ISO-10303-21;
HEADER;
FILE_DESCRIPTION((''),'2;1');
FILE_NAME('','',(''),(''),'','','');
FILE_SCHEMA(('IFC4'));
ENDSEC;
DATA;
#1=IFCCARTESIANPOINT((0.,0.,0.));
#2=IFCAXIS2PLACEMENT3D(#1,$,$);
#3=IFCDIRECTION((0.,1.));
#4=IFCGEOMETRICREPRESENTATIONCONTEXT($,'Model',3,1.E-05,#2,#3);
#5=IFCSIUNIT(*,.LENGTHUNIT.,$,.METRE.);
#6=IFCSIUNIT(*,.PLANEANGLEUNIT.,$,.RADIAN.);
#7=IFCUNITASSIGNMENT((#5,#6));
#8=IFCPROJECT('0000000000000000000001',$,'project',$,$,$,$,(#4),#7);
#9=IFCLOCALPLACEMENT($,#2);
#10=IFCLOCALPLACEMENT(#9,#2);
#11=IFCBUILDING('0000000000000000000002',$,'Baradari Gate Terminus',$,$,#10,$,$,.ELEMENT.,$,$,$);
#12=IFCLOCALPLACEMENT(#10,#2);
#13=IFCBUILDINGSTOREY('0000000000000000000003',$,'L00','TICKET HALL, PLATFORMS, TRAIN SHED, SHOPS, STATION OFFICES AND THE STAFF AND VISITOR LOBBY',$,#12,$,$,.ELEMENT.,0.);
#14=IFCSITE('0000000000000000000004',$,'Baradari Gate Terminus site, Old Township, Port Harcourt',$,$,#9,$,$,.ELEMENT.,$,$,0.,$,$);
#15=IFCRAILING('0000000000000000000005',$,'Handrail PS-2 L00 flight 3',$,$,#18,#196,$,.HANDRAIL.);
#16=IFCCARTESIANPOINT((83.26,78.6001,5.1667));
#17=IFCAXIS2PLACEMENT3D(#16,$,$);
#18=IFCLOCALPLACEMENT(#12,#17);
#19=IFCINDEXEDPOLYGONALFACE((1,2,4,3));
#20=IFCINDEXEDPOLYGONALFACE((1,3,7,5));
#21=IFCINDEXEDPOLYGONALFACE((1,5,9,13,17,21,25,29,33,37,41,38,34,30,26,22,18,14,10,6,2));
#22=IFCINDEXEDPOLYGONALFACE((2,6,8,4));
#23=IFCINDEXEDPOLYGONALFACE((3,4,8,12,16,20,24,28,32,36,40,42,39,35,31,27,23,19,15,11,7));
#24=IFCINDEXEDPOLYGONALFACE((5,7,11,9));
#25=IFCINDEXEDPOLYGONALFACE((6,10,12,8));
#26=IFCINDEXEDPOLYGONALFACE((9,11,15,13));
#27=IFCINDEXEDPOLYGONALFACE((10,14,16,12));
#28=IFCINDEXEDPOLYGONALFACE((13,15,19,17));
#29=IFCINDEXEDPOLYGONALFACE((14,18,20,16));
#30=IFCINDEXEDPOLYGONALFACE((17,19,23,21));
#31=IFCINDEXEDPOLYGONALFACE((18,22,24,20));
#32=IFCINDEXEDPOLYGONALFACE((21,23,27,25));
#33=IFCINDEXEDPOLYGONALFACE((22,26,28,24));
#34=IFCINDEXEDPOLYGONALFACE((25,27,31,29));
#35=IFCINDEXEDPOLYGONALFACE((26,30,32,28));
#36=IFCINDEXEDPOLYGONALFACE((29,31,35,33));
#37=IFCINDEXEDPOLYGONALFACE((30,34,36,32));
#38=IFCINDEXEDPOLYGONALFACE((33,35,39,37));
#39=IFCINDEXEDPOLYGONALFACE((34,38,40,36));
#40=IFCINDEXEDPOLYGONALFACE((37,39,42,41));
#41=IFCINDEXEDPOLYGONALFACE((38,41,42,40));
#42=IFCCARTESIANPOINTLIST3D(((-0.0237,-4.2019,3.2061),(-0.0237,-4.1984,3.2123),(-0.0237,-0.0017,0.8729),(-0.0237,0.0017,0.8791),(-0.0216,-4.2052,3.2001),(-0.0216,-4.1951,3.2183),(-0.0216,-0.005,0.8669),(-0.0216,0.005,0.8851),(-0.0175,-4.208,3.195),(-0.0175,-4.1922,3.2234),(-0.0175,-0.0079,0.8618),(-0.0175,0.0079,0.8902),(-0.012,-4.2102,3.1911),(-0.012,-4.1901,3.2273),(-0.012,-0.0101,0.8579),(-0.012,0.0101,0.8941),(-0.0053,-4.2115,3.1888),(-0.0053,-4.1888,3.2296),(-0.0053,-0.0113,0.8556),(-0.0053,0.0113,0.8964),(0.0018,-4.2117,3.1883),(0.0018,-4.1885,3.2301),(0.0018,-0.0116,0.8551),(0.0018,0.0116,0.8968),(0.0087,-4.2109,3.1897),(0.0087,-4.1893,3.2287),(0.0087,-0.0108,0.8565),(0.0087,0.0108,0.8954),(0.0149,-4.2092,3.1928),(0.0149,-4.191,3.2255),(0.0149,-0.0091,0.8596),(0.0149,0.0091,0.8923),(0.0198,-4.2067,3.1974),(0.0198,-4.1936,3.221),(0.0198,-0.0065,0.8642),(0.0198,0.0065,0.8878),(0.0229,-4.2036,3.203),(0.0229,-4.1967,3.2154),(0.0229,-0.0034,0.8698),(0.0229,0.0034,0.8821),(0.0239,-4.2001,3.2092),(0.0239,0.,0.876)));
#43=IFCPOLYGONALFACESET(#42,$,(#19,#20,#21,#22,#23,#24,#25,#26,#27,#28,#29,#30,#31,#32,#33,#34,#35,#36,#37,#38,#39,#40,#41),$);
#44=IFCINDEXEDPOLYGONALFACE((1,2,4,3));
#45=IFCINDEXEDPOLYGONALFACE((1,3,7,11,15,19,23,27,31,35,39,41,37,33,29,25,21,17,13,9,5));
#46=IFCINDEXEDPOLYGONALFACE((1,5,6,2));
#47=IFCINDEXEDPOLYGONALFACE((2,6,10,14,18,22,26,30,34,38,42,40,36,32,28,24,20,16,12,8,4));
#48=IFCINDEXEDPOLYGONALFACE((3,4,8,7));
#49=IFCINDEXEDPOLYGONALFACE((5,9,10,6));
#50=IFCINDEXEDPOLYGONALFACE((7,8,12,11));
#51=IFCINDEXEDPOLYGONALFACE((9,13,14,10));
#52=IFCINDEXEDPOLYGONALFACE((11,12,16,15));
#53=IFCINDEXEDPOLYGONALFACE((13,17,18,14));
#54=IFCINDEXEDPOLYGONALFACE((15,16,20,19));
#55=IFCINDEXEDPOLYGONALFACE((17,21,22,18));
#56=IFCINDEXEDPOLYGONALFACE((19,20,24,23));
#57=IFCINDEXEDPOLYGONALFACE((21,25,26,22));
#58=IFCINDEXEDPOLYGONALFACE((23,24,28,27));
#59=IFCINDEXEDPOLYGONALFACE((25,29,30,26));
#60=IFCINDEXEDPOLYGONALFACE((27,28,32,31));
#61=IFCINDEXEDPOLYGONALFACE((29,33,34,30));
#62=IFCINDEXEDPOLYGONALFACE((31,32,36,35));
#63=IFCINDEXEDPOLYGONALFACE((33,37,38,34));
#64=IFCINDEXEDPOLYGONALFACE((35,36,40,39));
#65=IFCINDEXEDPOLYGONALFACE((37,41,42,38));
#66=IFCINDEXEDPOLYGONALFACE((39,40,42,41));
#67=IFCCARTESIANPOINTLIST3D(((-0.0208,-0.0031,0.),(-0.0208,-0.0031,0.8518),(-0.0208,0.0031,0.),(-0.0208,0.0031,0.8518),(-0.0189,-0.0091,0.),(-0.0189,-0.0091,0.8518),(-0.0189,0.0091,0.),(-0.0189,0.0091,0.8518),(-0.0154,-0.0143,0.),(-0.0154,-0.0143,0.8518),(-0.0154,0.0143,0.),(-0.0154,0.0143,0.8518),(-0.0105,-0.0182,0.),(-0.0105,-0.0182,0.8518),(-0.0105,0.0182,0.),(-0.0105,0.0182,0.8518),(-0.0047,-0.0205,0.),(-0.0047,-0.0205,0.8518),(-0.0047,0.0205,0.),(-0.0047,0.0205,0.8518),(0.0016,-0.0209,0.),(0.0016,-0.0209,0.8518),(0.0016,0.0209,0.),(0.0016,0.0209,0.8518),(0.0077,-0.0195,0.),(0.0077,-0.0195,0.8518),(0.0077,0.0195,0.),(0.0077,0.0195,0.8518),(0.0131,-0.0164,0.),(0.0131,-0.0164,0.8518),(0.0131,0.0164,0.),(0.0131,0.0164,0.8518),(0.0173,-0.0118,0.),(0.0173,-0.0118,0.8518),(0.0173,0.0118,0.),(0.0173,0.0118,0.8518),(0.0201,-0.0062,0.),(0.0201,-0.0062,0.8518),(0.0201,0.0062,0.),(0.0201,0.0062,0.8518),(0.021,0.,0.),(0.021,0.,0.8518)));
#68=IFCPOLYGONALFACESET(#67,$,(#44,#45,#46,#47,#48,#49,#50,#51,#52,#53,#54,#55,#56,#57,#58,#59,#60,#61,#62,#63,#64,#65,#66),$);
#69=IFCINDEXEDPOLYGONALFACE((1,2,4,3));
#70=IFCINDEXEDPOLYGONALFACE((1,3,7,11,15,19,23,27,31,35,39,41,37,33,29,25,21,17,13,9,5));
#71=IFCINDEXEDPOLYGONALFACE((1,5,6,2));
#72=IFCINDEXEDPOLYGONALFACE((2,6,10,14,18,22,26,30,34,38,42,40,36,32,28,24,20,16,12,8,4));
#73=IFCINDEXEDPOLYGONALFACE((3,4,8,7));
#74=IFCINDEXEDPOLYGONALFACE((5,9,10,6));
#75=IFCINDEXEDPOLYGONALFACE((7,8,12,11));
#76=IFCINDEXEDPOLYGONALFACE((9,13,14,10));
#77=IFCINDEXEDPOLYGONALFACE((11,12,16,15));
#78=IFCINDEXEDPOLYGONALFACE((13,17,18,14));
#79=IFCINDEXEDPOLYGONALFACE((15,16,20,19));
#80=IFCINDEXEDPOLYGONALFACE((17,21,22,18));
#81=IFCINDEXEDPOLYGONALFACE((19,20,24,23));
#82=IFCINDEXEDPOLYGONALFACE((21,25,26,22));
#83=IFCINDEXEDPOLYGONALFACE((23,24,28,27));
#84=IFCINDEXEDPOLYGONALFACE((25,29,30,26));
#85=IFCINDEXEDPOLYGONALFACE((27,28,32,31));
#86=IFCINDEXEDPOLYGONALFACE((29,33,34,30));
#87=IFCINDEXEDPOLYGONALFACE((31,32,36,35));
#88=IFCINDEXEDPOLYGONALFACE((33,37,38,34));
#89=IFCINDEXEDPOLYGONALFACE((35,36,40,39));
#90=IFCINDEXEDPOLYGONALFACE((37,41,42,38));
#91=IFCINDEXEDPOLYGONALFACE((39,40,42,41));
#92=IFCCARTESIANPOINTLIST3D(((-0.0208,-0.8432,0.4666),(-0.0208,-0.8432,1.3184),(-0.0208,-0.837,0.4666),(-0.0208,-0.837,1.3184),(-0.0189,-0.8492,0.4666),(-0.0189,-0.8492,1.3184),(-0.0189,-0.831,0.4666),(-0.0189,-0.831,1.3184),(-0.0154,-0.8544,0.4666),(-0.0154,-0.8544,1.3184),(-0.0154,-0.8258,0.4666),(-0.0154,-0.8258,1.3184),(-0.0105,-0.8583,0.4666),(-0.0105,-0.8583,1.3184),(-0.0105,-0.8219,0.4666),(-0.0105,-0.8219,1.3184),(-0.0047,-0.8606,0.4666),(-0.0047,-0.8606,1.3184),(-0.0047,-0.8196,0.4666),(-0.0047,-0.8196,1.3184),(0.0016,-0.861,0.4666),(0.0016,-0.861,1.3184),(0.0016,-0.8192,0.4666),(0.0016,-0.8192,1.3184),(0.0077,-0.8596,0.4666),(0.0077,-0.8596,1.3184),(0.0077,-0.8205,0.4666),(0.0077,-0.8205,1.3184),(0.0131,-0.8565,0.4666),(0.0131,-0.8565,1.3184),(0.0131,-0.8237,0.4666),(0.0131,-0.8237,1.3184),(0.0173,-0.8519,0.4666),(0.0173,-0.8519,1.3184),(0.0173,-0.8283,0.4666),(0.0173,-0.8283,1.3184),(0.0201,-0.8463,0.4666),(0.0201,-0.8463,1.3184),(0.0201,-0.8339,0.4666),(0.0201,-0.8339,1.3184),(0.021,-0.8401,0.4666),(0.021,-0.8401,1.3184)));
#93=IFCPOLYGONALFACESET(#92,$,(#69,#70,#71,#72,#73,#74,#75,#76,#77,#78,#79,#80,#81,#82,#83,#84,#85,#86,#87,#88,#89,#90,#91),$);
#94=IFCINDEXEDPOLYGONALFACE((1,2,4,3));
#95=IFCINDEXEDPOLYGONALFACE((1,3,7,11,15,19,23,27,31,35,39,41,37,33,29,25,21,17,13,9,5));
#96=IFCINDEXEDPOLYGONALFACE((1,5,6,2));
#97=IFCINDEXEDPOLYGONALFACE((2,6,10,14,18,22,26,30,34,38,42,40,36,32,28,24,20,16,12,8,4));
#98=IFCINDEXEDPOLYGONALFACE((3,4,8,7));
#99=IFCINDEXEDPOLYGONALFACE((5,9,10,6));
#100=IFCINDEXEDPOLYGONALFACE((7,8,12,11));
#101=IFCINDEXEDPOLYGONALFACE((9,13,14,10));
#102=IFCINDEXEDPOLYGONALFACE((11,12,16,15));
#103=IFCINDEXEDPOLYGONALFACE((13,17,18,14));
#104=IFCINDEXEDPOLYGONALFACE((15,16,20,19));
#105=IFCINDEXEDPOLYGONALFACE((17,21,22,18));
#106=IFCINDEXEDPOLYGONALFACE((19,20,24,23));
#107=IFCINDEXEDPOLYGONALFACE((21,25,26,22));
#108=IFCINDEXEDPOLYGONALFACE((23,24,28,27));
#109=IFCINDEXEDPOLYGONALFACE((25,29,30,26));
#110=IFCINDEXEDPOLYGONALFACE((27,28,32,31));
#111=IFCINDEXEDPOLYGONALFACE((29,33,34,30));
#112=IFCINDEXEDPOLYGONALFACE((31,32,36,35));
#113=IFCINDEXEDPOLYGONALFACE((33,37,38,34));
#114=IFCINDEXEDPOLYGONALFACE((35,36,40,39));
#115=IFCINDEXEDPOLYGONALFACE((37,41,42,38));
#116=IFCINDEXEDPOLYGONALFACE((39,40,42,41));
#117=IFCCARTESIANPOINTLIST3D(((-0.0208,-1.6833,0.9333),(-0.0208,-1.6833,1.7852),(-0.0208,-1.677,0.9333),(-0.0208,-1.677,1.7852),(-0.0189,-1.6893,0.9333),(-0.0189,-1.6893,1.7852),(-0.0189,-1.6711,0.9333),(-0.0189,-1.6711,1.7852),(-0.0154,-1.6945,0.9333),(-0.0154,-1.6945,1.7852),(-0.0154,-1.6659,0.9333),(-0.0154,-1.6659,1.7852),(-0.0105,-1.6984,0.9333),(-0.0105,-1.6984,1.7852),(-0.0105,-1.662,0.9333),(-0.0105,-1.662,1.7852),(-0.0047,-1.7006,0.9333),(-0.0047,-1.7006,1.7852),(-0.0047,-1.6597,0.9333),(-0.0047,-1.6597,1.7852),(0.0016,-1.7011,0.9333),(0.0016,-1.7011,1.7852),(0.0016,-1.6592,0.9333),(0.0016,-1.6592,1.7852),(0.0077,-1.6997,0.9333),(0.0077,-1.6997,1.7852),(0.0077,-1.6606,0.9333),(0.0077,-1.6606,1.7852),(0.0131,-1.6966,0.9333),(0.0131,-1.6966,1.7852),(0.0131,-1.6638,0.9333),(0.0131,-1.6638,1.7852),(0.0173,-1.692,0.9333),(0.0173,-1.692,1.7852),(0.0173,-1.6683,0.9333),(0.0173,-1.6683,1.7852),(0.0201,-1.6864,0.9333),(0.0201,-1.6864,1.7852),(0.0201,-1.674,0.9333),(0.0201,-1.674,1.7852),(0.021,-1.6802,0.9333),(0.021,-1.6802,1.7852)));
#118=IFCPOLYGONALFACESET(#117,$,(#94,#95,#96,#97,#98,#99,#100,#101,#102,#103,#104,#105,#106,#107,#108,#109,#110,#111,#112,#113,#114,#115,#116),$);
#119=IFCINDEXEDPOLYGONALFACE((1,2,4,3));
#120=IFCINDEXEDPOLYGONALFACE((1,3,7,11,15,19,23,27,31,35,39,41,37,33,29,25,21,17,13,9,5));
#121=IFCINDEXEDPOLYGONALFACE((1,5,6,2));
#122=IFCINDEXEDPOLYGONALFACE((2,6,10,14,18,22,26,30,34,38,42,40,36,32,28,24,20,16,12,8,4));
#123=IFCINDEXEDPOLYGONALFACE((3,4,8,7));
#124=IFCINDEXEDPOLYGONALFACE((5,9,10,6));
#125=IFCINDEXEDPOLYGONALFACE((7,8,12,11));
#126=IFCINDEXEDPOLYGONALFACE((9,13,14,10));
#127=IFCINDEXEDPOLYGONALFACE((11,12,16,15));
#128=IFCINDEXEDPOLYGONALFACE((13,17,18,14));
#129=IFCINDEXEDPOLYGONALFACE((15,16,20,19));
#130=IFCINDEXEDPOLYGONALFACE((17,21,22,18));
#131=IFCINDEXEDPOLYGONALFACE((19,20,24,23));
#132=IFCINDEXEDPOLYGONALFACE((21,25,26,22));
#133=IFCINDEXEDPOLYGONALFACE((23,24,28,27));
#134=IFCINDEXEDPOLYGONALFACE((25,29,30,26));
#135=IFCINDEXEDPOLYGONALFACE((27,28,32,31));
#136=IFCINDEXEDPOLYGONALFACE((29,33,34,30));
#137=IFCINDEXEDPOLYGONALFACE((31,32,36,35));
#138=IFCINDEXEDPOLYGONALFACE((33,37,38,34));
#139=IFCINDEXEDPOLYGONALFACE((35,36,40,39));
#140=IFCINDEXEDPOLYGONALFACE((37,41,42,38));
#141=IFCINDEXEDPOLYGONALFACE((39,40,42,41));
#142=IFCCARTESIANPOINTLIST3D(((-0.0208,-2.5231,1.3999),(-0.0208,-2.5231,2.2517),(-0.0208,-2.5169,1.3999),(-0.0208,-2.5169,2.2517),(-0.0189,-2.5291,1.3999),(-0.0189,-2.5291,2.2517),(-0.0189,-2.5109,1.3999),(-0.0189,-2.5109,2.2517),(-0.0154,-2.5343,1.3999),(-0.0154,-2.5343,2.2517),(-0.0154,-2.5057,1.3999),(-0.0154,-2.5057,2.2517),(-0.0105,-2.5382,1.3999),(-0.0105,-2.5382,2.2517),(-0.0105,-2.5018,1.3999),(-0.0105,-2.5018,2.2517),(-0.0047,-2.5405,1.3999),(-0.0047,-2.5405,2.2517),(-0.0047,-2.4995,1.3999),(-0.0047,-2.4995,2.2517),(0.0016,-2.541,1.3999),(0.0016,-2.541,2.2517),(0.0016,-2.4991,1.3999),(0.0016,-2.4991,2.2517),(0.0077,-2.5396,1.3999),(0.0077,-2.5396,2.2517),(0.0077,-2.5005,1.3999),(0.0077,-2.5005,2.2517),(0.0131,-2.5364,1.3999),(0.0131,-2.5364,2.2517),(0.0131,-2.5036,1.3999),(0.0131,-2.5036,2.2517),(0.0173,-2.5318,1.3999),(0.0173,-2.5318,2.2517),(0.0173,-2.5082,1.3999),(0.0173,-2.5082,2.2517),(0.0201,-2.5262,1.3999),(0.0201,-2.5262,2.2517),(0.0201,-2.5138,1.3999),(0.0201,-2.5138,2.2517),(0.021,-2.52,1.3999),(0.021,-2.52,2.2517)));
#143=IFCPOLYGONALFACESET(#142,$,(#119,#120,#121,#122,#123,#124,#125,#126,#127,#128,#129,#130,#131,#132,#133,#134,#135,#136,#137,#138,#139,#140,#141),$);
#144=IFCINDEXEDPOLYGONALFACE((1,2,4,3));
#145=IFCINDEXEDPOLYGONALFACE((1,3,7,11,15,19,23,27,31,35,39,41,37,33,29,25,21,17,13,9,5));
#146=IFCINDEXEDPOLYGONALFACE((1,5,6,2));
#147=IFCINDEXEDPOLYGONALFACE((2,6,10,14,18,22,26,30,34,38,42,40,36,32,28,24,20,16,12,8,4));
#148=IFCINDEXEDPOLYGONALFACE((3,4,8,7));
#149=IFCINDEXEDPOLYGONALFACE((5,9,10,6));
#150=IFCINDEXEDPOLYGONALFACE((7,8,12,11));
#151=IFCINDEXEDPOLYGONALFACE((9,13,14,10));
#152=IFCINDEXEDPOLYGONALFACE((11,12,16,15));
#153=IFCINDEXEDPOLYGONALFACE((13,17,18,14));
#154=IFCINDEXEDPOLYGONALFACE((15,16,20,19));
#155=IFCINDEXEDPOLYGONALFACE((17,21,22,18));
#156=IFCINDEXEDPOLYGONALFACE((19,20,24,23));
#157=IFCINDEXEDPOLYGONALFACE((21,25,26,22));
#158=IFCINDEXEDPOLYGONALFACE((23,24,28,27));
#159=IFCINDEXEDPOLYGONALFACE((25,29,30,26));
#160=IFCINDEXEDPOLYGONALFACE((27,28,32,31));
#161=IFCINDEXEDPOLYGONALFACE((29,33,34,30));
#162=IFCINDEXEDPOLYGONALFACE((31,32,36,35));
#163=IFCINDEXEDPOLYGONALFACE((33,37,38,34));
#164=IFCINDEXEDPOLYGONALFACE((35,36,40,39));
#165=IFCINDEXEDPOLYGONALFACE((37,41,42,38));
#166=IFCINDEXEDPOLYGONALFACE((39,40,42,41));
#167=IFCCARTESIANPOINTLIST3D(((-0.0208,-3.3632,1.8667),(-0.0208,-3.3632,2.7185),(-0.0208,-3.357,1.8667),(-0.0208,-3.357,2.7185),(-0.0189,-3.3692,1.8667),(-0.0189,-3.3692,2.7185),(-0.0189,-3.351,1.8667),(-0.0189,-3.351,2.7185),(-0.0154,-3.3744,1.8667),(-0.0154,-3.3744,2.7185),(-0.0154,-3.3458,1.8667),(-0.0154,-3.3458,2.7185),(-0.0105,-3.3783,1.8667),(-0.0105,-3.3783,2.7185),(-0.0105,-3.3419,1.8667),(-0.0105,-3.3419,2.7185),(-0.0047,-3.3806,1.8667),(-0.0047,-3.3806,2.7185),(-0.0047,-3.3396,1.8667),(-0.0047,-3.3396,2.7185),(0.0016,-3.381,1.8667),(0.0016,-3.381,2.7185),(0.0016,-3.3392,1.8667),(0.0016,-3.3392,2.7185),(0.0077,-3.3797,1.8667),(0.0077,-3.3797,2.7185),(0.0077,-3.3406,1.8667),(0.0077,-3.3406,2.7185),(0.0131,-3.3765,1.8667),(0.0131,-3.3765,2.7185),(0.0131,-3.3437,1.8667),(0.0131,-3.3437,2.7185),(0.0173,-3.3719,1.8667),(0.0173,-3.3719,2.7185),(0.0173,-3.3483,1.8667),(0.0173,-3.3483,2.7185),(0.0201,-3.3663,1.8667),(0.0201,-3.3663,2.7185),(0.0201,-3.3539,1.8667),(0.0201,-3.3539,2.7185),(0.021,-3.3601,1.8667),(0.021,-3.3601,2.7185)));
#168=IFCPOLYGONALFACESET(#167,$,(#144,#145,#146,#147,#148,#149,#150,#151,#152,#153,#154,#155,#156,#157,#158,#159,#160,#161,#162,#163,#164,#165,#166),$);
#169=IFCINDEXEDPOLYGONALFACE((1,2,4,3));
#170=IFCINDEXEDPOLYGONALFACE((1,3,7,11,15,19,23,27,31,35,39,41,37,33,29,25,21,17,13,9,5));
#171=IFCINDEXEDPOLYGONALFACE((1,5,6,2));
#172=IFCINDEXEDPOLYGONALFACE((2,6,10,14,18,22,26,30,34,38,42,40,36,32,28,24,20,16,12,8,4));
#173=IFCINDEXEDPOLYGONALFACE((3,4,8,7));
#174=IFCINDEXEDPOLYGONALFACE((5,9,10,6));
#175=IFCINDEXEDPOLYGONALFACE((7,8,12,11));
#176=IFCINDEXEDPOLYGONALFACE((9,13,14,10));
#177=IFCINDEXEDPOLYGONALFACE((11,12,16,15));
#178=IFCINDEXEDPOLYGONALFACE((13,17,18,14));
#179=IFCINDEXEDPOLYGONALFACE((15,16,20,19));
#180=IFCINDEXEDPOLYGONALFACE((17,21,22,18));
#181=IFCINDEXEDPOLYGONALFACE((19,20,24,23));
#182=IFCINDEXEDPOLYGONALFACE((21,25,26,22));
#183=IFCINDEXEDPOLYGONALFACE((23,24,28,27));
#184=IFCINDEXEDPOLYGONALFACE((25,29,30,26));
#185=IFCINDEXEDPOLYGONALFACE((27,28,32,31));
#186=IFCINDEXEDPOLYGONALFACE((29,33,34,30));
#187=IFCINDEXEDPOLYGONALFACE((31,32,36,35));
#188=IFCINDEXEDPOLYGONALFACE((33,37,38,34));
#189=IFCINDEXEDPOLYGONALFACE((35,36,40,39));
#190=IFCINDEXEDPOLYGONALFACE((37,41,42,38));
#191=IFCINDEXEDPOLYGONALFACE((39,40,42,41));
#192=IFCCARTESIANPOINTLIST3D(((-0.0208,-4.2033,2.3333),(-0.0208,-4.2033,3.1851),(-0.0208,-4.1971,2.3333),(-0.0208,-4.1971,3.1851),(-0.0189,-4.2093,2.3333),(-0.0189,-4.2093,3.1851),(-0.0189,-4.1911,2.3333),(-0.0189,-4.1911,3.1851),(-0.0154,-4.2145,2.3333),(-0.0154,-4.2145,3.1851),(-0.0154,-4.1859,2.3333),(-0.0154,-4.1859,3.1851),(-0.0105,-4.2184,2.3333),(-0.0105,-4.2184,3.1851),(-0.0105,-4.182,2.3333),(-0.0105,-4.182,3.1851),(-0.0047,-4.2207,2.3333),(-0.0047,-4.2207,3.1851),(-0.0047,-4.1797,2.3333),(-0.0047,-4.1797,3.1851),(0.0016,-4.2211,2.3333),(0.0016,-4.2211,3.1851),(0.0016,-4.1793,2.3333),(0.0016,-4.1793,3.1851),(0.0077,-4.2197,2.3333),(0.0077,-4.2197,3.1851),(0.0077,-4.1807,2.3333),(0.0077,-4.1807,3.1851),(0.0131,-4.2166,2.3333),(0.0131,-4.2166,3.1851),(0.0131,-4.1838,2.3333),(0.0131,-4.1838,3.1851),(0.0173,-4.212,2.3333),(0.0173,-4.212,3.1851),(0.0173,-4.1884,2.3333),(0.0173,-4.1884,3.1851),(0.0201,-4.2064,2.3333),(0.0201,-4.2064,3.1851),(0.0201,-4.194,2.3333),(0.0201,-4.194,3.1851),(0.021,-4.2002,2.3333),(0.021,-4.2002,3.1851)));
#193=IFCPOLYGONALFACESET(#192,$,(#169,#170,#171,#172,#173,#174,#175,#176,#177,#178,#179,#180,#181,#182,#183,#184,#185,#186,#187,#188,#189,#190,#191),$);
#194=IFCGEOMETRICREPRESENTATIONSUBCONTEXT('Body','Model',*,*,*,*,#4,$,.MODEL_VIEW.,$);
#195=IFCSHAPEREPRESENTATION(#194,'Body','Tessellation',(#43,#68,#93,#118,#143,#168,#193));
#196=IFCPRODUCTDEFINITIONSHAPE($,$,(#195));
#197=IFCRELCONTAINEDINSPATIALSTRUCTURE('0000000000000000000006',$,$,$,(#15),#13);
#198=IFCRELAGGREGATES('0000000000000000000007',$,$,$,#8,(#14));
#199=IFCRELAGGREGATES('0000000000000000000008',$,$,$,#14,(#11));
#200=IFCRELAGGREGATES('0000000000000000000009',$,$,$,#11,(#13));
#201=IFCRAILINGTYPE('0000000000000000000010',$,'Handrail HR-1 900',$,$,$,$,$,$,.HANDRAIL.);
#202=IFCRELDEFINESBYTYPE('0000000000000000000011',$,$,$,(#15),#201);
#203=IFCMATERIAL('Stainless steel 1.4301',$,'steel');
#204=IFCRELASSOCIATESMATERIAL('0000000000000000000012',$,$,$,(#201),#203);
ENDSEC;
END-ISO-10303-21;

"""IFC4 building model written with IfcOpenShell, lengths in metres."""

from ifc_helpers import new_model, si_unit, direction, frame, origin, origin_2d, place, context, subcontext, project, spatial, circle, extrude, material, type_object, element, save


model = new_model("IFC4")

# Units and contexts
model_context = context("Model", 3, precision=1e-05, world=origin(), true_north=direction((0.0, 1.0)))
body_context = subcontext(model_context, "Body", "Model", "MODEL_VIEW")
ifc_project = project(units=[si_unit("LENGTHUNIT", "METRE"), si_unit("PLANEANGLEUNIT", "RADIAN")], contexts=[model_context])

# Site, building, storey
site_placement = place(None, origin())
site = spatial("IfcSite", under=ifc_project, at=site_placement, Name="Baradari Gate Terminus site, Old Township, Port Harcourt", CompositionType="ELEMENT", RefElevation=0.0)
building_placement = place(site_placement, origin())
building = spatial("IfcBuilding", under=site, at=building_placement, Name="Baradari Gate Terminus", CompositionType="ELEMENT")
storey_placement = place(building_placement, origin())
storey = spatial("IfcBuildingStorey", under=building, at=storey_placement, Name="L00", Description="TICKET HALL, PLATFORMS, TRAIN SHED, SHOPS, STATION OFFICES AND THE STAFF AND VISITOR LOBBY", CompositionType="ELEMENT", Elevation=0.0)

# Railing
ifc_material_1 = material(Name="Stainless steel 1.4301", Category="steel")
railing_type_1 = type_object("IfcRailingType", Name="Handrail HR-1 900", PredefinedType="HANDRAIL", material=ifc_material_1)
for number, where, name in (
    (1, (83.26, 78.6001, 5.1667), "Handrail PS-2 L00 flight 3"),
):
    element("IfcRailing", number, at=place(storey_placement, frame(where)), inside=storey, type_object=railing_type_1, Name=name, PredefinedType="HANDRAIL", context=body_context, shape_type="SweptSolid", body=[
        extrude(circle(Radius=0.0239, at=origin_2d()), frame((0.0, 0.0, 0.876), z_axis=(0.0, -0.874174, 0.485613), x_axis=(1.0, 0.0, 0.0)), (0.0, 0.0, 1.0), 4.8047),
        extrude(circle(Radius=0.021, at=origin_2d()), origin(), (0.0, 0.0, 1.0), 0.8518),
        extrude(circle(Radius=0.021, at=origin_2d()), frame((0.0, -0.8401, 0.4666)), (0.0, 0.0, 1.0), 0.8518),
        extrude(circle(Radius=0.021, at=origin_2d()), frame((0.0, -1.6802, 0.9333)), (0.0, 0.0, 1.0), 0.8518),
        extrude(circle(Radius=0.021, at=origin_2d()), frame((0.0, -2.52, 1.3999)), (0.0, 0.0, 1.0), 0.8518),
        extrude(circle(Radius=0.021, at=origin_2d()), frame((0.0, -3.3601, 1.8667)), (0.0, 0.0, 1.0), 0.8518),
        extrude(circle(Radius=0.021, at=origin_2d()), frame((0.0, -4.2002, 2.3333)), (0.0, 0.0, 1.0), 0.8518),
    ])

save(model, "model.ifc")
